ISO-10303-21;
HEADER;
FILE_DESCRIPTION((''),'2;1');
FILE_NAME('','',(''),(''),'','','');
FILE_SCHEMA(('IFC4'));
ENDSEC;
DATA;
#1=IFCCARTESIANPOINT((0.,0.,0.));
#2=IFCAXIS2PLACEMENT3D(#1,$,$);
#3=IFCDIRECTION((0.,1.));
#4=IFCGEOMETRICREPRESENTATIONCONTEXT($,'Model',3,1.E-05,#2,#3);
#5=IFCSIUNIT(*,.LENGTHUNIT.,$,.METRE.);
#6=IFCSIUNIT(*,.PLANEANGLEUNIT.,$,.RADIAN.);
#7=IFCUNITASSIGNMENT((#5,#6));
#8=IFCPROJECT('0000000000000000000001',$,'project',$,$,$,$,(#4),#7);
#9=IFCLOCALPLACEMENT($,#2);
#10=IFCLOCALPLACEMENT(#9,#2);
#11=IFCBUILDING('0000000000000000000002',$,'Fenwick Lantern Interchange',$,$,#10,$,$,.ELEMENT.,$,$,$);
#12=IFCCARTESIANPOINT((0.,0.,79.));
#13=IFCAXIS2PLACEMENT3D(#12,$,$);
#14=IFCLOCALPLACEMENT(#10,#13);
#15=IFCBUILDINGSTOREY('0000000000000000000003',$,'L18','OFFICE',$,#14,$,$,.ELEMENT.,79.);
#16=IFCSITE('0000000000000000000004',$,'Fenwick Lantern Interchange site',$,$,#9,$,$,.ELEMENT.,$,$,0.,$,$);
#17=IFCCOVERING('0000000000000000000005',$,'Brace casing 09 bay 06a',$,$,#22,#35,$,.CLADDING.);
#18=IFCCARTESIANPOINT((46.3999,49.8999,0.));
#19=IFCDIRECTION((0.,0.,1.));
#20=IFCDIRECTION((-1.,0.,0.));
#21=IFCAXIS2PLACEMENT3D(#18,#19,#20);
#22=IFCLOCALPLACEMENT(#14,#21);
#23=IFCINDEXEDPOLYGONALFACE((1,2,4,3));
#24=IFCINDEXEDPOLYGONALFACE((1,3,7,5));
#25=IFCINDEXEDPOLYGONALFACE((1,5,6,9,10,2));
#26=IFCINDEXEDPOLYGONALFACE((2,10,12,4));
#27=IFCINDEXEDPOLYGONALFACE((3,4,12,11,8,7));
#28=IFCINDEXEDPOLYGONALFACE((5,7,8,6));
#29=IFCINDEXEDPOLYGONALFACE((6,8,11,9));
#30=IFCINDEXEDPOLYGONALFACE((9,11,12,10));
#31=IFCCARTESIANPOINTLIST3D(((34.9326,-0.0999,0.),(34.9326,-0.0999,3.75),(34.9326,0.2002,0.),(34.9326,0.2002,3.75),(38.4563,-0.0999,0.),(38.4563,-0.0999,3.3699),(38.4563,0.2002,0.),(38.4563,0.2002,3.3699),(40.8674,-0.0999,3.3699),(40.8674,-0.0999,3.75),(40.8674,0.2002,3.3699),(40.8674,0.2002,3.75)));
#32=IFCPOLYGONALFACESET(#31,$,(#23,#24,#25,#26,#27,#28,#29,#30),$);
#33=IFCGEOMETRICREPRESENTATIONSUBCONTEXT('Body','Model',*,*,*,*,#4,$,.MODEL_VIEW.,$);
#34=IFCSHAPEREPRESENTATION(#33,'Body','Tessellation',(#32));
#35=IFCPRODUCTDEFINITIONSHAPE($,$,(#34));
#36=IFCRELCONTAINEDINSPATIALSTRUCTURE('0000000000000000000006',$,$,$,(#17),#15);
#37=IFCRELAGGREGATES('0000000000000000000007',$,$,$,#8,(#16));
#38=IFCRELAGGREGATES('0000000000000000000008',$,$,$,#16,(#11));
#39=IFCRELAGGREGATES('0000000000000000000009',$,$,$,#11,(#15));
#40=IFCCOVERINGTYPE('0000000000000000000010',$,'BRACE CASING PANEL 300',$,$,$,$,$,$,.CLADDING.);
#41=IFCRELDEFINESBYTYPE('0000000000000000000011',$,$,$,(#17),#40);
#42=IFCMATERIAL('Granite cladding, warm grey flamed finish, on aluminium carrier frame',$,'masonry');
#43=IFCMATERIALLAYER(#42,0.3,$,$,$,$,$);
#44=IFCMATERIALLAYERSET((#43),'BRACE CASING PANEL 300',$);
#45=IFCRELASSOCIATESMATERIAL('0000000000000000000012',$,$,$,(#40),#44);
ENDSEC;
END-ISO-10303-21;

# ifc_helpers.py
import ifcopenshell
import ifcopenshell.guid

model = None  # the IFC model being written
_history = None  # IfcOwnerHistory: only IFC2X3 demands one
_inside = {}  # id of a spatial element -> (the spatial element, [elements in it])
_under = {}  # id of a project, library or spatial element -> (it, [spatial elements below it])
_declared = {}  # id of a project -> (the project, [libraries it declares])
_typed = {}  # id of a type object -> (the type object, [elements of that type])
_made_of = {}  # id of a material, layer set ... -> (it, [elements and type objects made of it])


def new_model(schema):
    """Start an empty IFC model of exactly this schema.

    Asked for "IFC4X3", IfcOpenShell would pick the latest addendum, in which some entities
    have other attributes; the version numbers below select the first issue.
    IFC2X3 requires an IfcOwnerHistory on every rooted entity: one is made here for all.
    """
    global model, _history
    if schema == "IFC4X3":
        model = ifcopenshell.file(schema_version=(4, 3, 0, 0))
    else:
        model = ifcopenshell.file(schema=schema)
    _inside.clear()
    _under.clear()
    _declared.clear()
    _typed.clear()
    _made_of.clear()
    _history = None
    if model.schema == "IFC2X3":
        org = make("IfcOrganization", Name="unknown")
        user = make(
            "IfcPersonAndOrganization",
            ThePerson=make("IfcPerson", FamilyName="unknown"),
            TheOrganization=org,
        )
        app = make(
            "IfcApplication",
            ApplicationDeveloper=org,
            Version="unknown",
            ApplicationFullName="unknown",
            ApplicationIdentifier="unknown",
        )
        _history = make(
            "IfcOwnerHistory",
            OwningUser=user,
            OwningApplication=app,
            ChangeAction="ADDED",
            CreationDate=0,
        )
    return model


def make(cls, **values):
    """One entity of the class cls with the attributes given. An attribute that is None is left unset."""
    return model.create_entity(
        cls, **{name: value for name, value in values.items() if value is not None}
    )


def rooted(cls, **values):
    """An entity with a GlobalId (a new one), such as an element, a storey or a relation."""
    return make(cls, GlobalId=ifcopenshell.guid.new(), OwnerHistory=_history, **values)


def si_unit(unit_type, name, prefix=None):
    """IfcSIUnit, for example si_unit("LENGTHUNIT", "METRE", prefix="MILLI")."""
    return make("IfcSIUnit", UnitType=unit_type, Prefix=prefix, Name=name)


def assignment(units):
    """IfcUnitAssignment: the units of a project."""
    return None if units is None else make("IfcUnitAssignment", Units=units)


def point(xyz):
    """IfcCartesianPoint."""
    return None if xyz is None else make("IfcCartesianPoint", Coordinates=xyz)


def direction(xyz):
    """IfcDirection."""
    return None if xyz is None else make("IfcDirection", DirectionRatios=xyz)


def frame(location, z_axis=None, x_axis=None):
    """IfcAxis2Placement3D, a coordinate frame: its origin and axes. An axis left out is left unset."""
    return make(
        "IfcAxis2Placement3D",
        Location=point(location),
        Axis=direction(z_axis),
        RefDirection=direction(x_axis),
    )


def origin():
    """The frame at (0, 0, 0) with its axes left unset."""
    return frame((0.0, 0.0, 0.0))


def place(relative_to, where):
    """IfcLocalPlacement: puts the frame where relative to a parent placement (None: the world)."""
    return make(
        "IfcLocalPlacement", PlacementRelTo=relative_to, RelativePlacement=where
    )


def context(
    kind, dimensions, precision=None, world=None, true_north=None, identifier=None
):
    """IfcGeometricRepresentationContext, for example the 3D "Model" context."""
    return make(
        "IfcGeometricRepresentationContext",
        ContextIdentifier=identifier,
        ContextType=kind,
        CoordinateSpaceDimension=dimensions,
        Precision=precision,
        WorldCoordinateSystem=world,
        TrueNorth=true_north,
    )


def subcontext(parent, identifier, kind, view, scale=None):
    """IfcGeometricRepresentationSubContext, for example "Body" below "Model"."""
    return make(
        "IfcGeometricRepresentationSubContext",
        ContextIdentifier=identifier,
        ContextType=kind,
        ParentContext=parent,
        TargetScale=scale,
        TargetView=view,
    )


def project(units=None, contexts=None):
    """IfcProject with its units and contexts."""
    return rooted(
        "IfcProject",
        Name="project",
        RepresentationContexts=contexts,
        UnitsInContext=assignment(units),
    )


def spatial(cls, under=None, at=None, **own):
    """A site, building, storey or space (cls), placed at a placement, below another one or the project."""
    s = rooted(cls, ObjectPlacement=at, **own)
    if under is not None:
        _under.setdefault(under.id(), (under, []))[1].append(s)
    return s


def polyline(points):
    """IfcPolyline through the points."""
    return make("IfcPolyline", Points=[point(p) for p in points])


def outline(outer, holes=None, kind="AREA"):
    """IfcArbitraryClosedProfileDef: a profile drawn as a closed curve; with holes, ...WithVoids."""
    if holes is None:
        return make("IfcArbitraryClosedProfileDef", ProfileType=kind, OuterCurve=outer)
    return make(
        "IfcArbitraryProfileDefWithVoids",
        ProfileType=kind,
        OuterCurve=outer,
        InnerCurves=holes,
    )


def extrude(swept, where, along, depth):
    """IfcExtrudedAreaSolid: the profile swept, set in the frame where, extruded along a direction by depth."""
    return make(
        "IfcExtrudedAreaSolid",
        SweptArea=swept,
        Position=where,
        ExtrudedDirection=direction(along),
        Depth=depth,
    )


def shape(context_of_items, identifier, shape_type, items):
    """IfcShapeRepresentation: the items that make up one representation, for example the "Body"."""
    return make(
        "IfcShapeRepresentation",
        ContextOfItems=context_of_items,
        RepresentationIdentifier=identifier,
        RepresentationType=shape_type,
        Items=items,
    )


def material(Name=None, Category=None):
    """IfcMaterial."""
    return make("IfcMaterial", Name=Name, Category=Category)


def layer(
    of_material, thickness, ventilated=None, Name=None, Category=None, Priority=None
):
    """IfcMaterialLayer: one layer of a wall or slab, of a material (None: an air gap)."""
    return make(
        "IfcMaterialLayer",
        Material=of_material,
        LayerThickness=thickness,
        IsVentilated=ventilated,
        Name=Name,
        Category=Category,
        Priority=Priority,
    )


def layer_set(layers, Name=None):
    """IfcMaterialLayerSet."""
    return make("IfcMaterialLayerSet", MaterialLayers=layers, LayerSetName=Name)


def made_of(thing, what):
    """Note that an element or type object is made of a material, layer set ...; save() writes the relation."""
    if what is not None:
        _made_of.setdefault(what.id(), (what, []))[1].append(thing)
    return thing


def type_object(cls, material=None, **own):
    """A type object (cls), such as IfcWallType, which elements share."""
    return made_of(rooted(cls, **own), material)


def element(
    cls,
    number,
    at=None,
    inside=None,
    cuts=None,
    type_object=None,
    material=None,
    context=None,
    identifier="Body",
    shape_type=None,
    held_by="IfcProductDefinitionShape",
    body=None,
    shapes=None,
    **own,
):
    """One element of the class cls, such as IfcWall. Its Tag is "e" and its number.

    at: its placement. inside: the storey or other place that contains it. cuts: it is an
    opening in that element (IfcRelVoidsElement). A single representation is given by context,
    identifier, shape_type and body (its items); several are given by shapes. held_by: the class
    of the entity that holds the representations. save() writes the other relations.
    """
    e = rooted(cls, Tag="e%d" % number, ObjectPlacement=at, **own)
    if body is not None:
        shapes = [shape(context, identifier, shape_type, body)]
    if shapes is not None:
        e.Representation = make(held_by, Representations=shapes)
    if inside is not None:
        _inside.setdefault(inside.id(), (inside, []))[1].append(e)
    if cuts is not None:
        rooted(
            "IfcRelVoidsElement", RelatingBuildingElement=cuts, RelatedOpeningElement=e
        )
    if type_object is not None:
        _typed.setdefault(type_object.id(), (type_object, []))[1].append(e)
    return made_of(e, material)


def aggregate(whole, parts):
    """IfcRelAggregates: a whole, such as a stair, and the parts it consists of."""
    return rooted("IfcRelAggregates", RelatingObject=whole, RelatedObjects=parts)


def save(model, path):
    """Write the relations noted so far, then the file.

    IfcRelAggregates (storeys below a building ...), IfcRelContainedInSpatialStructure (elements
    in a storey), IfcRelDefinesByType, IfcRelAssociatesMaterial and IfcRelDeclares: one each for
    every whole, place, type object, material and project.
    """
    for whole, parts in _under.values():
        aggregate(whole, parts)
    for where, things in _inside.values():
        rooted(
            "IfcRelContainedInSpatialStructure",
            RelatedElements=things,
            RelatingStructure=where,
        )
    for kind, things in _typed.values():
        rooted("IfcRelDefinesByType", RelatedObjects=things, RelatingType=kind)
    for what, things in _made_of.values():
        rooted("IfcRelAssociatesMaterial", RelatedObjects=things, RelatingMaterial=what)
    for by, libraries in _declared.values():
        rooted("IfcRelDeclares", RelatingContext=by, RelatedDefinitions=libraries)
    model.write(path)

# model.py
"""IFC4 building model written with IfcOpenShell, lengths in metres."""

from ifc_helpers import new_model, si_unit, direction, frame, origin, place, context, subcontext, project, spatial, polyline, outline, extrude, material, layer, layer_set, type_object, element, save


model = new_model("IFC4")

# Units and contexts
model_context = context("Model", 3, precision=1e-05, world=origin(), true_north=direction((0.0, 1.0)))
body_context = subcontext(model_context, "Body", "Model", "MODEL_VIEW")
ifc_project = project(units=[si_unit("LENGTHUNIT", "METRE"), si_unit("PLANEANGLEUNIT", "RADIAN")], contexts=[model_context])

# Site, building, storey
site_placement = place(None, origin())
site = spatial("IfcSite", under=ifc_project, at=site_placement, Name="Fenwick Lantern Interchange site", CompositionType="ELEMENT", RefElevation=0.0)
building_placement = place(site_placement, origin())
building = spatial("IfcBuilding", under=site, at=building_placement, Name="Fenwick Lantern Interchange", CompositionType="ELEMENT")
storey_placement = place(building_placement, frame((0.0, 0.0, 79.0)))
storey = spatial("IfcBuildingStorey", under=building, at=storey_placement, Name="L18", Description="OFFICE", CompositionType="ELEMENT", Elevation=79.0)

# Covering
ifc_material_1 = material(Name="Granite cladding, warm grey flamed finish, on aluminium carrier frame", Category="masonry")
ifc_layer_1 = layer(ifc_material_1, 0.3)
ifc_layer_set_1 = layer_set([ifc_layer_1], Name="BRACE CASING PANEL 300")
covering_type = type_object("IfcCoveringType", Name="BRACE CASING PANEL 300", PredefinedType="CLADDING", material=ifc_layer_set_1)
covering_1_placement = place(storey_placement, frame((46.3999, 49.8999, 0.0), z_axis=(0.0, 0.0, 1.0), x_axis=(-1.0, 0.0, 0.0)))
element("IfcCovering", 1, at=covering_1_placement, inside=storey, type_object=covering_type, Name="Brace casing 09 bay 06a", PredefinedType="CLADDING", context=body_context, shape_type="SweptSolid", body=[
    extrude(outline(polyline([(34.9326, 0.0), (38.4563, 0.0), (38.4563, 3.3699), (40.8674, 3.3699), (40.8674, 3.75), (34.9326, 3.75), (34.9326, 0.0)])), frame((0.0, 0.2002, 0.0), z_axis=(0.0, -1.0, 0.0), x_axis=(1.0, 0.0, 0.0)), (0.0, 0.0, 1.0), 0.3),
])

save(model, "model.ifc")
